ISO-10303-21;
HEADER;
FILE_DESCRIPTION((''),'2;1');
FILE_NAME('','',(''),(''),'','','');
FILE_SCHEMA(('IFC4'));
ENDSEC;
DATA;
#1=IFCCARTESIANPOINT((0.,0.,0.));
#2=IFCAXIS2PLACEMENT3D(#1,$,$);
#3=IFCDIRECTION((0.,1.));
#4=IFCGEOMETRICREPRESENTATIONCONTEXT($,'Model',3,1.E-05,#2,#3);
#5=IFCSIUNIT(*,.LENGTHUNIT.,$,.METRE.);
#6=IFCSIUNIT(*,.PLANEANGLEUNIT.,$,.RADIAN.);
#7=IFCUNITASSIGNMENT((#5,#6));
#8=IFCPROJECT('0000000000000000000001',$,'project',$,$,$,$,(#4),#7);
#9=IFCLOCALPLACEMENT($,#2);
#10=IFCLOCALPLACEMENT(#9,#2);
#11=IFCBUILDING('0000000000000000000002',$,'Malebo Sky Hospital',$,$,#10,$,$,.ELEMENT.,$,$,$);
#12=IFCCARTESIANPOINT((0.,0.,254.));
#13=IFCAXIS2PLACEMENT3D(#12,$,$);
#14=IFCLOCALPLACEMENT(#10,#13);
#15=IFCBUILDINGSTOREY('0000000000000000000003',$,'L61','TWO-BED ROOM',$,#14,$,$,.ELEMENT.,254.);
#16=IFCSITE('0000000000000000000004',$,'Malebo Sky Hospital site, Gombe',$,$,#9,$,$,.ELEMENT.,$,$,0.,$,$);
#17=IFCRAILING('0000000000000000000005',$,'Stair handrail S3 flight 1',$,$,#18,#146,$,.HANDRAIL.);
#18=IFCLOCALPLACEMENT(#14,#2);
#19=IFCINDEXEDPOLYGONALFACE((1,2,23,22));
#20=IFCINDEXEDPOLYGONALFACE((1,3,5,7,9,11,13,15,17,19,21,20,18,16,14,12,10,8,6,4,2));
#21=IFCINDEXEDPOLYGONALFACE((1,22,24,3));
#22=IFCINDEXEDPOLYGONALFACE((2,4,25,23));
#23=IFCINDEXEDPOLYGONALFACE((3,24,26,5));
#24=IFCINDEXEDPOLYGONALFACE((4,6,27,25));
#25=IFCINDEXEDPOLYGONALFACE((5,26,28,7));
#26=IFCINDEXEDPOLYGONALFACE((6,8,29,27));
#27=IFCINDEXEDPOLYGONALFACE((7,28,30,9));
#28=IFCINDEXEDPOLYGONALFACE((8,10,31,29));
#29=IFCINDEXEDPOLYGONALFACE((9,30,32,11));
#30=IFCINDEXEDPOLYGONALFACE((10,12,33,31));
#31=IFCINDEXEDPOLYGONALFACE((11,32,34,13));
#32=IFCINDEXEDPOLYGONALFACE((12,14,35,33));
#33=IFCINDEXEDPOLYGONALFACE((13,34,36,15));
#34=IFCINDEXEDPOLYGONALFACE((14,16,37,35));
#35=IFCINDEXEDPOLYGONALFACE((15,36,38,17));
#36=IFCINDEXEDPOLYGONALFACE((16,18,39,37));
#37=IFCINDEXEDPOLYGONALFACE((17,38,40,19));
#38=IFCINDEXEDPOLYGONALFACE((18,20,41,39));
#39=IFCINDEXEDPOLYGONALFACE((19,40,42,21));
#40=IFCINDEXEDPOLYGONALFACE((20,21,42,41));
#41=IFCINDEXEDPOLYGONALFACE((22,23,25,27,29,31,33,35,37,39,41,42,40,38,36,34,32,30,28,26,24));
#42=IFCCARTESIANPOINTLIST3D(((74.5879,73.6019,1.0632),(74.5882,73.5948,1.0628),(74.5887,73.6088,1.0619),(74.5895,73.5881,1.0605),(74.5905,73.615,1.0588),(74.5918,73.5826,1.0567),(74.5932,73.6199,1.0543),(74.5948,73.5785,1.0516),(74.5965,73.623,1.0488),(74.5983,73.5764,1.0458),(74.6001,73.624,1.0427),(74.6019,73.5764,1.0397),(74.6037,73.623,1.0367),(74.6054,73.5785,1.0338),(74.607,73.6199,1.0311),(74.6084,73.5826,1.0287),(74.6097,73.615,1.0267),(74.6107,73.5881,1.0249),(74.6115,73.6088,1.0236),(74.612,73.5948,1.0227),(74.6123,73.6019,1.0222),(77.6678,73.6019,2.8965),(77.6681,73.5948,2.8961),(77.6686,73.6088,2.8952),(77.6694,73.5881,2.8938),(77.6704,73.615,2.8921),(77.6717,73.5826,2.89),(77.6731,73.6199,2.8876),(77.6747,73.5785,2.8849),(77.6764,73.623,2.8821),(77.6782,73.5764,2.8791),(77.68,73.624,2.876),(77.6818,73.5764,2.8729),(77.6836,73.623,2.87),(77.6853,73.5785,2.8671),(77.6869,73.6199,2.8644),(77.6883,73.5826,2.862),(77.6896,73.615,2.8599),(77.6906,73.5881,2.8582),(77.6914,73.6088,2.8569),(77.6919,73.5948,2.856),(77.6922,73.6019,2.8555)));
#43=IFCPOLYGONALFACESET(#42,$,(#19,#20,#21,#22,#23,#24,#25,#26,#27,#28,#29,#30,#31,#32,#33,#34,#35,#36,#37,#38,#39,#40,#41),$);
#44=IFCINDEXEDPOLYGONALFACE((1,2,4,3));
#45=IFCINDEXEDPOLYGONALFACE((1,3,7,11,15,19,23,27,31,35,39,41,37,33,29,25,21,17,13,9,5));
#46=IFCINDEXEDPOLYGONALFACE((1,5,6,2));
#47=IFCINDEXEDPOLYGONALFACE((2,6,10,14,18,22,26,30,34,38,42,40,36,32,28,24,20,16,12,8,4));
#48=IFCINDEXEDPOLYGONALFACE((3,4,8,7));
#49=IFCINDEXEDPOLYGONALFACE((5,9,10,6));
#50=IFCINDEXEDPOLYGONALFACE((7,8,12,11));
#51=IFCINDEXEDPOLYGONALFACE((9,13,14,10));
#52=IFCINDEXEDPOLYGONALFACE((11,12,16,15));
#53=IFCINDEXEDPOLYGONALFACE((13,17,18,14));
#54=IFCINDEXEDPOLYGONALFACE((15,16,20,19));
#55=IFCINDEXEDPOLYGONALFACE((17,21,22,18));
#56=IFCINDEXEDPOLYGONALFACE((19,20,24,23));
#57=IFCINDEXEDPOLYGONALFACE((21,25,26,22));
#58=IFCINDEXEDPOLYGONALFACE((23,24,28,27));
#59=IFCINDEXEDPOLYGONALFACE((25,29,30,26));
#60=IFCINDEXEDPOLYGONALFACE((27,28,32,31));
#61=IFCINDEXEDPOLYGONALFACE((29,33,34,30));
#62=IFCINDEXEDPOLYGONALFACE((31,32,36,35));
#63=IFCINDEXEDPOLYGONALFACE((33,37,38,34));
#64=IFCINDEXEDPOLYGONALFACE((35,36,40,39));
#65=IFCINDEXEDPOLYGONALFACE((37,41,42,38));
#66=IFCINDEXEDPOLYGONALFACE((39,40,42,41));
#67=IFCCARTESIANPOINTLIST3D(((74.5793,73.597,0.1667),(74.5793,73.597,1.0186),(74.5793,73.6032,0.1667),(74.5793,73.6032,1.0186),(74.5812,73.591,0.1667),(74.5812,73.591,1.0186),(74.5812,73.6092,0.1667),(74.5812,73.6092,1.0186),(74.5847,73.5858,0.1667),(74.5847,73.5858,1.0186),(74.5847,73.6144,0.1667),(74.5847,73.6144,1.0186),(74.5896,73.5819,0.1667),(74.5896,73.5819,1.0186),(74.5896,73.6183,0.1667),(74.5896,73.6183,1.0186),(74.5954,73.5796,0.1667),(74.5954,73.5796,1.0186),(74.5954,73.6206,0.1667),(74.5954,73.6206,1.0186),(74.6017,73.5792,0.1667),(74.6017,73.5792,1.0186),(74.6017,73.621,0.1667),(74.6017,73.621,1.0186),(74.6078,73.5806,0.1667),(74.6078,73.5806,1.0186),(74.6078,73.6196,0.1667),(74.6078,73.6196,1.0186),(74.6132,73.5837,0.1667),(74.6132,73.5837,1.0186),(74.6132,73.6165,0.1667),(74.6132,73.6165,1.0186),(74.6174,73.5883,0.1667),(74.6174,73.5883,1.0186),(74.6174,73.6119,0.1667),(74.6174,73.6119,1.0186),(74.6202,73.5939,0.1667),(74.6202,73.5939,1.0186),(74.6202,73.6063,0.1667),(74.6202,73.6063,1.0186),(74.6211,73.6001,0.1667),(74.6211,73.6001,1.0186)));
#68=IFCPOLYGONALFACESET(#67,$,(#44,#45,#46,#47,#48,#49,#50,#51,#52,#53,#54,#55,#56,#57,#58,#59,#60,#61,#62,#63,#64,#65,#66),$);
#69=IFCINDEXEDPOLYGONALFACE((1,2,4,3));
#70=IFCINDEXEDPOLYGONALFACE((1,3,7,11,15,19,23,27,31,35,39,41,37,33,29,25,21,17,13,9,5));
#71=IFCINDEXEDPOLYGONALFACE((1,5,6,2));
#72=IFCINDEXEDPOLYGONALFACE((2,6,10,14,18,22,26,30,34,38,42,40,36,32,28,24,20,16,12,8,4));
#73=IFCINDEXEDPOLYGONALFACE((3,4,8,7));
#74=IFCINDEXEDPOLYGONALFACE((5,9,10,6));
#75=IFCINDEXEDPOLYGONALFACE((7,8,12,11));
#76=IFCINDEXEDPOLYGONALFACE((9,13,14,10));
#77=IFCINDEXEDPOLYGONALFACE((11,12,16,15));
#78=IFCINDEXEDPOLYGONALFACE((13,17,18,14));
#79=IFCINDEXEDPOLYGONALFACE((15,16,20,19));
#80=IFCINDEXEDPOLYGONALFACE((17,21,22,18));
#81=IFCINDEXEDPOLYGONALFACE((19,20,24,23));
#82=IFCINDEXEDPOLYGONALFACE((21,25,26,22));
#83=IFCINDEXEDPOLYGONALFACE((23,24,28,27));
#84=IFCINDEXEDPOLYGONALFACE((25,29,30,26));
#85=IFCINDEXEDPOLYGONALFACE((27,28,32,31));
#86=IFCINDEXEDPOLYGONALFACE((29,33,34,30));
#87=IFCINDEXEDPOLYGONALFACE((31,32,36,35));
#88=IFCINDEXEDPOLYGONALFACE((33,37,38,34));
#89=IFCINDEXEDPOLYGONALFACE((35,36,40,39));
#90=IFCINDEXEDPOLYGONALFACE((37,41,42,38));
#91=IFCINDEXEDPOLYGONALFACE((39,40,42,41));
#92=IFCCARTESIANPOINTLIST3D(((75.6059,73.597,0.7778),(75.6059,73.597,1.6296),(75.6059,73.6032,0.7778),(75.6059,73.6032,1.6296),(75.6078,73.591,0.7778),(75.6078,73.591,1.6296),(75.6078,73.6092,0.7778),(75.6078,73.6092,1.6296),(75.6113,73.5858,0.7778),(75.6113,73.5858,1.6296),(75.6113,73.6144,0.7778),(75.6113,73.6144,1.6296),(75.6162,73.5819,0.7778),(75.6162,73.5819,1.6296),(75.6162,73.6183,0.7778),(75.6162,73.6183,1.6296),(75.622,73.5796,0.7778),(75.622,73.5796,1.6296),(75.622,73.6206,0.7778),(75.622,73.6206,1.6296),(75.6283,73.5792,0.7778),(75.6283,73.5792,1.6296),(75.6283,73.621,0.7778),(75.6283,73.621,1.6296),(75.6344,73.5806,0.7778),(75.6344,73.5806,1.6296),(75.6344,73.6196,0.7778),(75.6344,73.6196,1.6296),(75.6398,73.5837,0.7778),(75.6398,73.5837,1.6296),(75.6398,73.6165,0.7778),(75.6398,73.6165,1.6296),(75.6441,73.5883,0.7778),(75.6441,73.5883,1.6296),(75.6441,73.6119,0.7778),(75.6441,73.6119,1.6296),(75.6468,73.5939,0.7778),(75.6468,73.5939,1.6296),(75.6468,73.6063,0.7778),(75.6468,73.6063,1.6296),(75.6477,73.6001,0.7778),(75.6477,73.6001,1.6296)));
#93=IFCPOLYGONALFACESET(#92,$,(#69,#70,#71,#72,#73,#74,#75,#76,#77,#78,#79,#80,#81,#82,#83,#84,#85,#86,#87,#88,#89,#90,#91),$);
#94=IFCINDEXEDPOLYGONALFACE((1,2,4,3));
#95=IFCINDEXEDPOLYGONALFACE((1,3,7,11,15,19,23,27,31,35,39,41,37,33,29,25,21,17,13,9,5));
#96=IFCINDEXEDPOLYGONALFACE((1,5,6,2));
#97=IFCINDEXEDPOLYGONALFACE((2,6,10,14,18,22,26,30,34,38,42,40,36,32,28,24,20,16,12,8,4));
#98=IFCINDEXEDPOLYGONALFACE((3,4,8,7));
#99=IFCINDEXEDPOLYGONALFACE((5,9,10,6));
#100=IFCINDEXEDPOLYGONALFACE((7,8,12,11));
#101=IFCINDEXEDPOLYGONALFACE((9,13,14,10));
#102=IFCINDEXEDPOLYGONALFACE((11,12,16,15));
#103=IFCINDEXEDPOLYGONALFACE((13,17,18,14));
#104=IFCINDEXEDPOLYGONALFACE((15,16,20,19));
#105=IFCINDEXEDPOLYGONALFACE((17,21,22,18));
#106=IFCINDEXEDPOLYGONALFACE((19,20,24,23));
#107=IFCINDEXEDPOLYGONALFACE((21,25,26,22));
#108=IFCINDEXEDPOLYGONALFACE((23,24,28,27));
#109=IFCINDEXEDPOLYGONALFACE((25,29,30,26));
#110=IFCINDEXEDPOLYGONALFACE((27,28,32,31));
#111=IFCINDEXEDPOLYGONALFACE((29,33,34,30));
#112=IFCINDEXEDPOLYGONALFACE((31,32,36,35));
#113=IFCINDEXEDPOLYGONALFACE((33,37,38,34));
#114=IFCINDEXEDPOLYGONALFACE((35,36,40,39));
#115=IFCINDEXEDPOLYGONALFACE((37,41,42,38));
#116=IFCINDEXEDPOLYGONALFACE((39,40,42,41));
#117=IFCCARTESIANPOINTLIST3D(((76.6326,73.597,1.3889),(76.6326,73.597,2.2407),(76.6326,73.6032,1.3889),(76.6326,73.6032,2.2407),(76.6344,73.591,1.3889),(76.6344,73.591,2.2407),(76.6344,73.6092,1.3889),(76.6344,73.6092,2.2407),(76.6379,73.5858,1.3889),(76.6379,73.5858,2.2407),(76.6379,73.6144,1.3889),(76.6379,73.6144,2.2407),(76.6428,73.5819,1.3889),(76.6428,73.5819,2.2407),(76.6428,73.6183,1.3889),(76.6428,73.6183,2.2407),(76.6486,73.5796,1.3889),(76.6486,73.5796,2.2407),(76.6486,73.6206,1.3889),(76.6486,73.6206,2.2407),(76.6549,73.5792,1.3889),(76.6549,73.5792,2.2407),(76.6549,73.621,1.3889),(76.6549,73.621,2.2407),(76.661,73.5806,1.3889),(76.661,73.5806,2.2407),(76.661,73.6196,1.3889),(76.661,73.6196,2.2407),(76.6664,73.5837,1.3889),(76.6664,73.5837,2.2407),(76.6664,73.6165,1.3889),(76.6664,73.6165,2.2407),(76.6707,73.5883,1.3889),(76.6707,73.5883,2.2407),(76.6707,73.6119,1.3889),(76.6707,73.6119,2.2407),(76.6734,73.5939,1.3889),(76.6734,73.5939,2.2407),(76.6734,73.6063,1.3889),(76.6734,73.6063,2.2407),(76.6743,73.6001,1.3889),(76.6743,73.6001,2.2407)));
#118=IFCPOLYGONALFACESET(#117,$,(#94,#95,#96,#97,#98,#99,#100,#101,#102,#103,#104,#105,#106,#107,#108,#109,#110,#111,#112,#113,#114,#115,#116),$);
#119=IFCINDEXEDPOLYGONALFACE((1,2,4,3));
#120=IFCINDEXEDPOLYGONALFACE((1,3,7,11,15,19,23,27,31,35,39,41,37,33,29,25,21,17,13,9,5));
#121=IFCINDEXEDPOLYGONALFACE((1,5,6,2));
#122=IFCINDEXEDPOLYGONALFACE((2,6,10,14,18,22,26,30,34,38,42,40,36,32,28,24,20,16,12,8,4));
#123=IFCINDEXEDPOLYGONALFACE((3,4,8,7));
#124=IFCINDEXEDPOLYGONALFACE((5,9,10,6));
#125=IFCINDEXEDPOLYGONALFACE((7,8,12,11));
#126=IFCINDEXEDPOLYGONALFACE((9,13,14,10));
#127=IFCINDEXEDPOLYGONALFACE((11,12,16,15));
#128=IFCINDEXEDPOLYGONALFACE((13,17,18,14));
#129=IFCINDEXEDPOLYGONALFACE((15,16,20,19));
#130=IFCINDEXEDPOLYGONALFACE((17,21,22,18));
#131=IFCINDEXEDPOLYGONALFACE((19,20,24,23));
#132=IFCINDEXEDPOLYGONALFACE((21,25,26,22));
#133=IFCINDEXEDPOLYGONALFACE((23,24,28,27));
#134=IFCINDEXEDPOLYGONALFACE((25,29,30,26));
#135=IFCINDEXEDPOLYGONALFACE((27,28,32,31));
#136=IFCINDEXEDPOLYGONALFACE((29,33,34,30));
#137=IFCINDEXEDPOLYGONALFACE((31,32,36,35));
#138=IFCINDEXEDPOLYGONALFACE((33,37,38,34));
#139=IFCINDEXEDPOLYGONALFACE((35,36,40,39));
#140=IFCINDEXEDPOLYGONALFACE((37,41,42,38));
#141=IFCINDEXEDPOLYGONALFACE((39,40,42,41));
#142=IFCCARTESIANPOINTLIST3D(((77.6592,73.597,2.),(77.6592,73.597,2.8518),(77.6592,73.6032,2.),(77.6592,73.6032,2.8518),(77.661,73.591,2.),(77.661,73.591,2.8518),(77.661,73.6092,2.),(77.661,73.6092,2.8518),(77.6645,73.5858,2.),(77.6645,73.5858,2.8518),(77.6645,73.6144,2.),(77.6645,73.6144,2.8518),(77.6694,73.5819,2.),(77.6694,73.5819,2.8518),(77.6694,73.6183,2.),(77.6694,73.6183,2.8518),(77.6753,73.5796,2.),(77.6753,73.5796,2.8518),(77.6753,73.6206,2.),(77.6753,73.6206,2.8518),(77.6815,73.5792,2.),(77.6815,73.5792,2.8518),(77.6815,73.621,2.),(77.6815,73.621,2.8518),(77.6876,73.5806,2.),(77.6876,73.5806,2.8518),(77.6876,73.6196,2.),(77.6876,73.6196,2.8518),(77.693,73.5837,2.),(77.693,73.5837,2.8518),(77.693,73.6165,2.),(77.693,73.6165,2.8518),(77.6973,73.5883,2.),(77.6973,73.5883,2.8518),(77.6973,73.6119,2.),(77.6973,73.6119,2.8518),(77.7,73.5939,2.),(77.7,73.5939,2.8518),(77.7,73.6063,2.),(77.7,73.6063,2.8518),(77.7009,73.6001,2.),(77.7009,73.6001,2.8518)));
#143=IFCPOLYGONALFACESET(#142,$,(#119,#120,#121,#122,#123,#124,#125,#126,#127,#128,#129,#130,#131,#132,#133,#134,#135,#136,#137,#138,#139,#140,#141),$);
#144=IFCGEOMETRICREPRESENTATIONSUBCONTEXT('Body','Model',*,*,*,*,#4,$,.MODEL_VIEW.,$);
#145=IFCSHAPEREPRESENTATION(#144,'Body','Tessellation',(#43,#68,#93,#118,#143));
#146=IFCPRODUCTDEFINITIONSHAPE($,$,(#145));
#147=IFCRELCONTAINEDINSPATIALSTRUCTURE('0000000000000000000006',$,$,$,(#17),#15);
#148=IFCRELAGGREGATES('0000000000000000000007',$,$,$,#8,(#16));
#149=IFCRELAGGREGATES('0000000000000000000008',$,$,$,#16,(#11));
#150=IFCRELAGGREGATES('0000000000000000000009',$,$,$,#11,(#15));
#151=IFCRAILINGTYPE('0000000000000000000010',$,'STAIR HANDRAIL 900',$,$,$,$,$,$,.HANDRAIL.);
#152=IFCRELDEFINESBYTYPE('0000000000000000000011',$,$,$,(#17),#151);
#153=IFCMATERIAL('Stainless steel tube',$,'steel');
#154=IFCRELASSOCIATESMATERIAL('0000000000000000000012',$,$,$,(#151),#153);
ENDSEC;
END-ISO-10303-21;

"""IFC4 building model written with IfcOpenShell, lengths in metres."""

from ifc_helpers import new_model, si_unit, direction, frame, origin, origin_2d, place, context, subcontext, project, spatial, circle, extrude, material, type_object, element, save


model = new_model("IFC4")

# Units and contexts
model_context = context("Model", 3, precision=1e-05, world=origin(), true_north=direction((0.0, 1.0)))
body_context = subcontext(model_context, "Body", "Model", "MODEL_VIEW")
ifc_project = project(units=[si_unit("LENGTHUNIT", "METRE"), si_unit("PLANEANGLEUNIT", "RADIAN")], contexts=[model_context])

# Site, building, storey
site_placement = place(None, origin())
site = spatial("IfcSite", under=ifc_project, at=site_placement, Name="Malebo Sky Hospital site, Gombe", CompositionType="ELEMENT", RefElevation=0.0)
building_placement = place(site_placement, origin())
building = spatial("IfcBuilding", under=site, at=building_placement, Name="Malebo Sky Hospital", CompositionType="ELEMENT")
storey_placement = place(building_placement, frame((0.0, 0.0, 254.0)))
storey = spatial("IfcBuildingStorey", under=building, at=storey_placement, Name="L61", Description="TWO-BED ROOM", CompositionType="ELEMENT", Elevation=254.0)

# Railing
ifc_material_1 = material(Name="Stainless steel tube", Category="steel")
railing_type_1 = type_object("IfcRailingType", Name="STAIR HANDRAIL 900", PredefinedType="HANDRAIL", material=ifc_material_1)
railing_1_placement = place(storey_placement, frame((74.6001, 73.6001, 0.1667)))
element("IfcRailing", 1, at=railing_1_placement, inside=storey, type_object=railing_type_1, Name="Stair handrail S3 flight 1", PredefinedType="HANDRAIL", context=body_context, shape_type="SweptSolid", body=[
    extrude(circle(Radius=0.0239, at=origin_2d()), frame((0.0, 0.0, 0.876), z_axis=(0.859291, 0.0, 0.511487), x_axis=(0.0, 1.0, 0.0)), (0.0, 0.0, 1.0), 3.5842),
    extrude(circle(Radius=0.021, at=origin_2d()), origin(), (0.0, 0.0, 1.0), 0.8518),
    extrude(circle(Radius=0.021, at=origin_2d()), frame((1.0266, 0.0, 0.6111)), (0.0, 0.0, 1.0), 0.8518),
    extrude(circle(Radius=0.021, at=origin_2d()), frame((2.0532, 0.0, 1.2222)), (0.0, 0.0, 1.0), 0.8518),
    extrude(circle(Radius=0.021, at=origin_2d()), frame((3.0798, 0.0, 1.8333)), (0.0, 0.0, 1.0), 0.8518),
])

save(model, "model.ifc")
